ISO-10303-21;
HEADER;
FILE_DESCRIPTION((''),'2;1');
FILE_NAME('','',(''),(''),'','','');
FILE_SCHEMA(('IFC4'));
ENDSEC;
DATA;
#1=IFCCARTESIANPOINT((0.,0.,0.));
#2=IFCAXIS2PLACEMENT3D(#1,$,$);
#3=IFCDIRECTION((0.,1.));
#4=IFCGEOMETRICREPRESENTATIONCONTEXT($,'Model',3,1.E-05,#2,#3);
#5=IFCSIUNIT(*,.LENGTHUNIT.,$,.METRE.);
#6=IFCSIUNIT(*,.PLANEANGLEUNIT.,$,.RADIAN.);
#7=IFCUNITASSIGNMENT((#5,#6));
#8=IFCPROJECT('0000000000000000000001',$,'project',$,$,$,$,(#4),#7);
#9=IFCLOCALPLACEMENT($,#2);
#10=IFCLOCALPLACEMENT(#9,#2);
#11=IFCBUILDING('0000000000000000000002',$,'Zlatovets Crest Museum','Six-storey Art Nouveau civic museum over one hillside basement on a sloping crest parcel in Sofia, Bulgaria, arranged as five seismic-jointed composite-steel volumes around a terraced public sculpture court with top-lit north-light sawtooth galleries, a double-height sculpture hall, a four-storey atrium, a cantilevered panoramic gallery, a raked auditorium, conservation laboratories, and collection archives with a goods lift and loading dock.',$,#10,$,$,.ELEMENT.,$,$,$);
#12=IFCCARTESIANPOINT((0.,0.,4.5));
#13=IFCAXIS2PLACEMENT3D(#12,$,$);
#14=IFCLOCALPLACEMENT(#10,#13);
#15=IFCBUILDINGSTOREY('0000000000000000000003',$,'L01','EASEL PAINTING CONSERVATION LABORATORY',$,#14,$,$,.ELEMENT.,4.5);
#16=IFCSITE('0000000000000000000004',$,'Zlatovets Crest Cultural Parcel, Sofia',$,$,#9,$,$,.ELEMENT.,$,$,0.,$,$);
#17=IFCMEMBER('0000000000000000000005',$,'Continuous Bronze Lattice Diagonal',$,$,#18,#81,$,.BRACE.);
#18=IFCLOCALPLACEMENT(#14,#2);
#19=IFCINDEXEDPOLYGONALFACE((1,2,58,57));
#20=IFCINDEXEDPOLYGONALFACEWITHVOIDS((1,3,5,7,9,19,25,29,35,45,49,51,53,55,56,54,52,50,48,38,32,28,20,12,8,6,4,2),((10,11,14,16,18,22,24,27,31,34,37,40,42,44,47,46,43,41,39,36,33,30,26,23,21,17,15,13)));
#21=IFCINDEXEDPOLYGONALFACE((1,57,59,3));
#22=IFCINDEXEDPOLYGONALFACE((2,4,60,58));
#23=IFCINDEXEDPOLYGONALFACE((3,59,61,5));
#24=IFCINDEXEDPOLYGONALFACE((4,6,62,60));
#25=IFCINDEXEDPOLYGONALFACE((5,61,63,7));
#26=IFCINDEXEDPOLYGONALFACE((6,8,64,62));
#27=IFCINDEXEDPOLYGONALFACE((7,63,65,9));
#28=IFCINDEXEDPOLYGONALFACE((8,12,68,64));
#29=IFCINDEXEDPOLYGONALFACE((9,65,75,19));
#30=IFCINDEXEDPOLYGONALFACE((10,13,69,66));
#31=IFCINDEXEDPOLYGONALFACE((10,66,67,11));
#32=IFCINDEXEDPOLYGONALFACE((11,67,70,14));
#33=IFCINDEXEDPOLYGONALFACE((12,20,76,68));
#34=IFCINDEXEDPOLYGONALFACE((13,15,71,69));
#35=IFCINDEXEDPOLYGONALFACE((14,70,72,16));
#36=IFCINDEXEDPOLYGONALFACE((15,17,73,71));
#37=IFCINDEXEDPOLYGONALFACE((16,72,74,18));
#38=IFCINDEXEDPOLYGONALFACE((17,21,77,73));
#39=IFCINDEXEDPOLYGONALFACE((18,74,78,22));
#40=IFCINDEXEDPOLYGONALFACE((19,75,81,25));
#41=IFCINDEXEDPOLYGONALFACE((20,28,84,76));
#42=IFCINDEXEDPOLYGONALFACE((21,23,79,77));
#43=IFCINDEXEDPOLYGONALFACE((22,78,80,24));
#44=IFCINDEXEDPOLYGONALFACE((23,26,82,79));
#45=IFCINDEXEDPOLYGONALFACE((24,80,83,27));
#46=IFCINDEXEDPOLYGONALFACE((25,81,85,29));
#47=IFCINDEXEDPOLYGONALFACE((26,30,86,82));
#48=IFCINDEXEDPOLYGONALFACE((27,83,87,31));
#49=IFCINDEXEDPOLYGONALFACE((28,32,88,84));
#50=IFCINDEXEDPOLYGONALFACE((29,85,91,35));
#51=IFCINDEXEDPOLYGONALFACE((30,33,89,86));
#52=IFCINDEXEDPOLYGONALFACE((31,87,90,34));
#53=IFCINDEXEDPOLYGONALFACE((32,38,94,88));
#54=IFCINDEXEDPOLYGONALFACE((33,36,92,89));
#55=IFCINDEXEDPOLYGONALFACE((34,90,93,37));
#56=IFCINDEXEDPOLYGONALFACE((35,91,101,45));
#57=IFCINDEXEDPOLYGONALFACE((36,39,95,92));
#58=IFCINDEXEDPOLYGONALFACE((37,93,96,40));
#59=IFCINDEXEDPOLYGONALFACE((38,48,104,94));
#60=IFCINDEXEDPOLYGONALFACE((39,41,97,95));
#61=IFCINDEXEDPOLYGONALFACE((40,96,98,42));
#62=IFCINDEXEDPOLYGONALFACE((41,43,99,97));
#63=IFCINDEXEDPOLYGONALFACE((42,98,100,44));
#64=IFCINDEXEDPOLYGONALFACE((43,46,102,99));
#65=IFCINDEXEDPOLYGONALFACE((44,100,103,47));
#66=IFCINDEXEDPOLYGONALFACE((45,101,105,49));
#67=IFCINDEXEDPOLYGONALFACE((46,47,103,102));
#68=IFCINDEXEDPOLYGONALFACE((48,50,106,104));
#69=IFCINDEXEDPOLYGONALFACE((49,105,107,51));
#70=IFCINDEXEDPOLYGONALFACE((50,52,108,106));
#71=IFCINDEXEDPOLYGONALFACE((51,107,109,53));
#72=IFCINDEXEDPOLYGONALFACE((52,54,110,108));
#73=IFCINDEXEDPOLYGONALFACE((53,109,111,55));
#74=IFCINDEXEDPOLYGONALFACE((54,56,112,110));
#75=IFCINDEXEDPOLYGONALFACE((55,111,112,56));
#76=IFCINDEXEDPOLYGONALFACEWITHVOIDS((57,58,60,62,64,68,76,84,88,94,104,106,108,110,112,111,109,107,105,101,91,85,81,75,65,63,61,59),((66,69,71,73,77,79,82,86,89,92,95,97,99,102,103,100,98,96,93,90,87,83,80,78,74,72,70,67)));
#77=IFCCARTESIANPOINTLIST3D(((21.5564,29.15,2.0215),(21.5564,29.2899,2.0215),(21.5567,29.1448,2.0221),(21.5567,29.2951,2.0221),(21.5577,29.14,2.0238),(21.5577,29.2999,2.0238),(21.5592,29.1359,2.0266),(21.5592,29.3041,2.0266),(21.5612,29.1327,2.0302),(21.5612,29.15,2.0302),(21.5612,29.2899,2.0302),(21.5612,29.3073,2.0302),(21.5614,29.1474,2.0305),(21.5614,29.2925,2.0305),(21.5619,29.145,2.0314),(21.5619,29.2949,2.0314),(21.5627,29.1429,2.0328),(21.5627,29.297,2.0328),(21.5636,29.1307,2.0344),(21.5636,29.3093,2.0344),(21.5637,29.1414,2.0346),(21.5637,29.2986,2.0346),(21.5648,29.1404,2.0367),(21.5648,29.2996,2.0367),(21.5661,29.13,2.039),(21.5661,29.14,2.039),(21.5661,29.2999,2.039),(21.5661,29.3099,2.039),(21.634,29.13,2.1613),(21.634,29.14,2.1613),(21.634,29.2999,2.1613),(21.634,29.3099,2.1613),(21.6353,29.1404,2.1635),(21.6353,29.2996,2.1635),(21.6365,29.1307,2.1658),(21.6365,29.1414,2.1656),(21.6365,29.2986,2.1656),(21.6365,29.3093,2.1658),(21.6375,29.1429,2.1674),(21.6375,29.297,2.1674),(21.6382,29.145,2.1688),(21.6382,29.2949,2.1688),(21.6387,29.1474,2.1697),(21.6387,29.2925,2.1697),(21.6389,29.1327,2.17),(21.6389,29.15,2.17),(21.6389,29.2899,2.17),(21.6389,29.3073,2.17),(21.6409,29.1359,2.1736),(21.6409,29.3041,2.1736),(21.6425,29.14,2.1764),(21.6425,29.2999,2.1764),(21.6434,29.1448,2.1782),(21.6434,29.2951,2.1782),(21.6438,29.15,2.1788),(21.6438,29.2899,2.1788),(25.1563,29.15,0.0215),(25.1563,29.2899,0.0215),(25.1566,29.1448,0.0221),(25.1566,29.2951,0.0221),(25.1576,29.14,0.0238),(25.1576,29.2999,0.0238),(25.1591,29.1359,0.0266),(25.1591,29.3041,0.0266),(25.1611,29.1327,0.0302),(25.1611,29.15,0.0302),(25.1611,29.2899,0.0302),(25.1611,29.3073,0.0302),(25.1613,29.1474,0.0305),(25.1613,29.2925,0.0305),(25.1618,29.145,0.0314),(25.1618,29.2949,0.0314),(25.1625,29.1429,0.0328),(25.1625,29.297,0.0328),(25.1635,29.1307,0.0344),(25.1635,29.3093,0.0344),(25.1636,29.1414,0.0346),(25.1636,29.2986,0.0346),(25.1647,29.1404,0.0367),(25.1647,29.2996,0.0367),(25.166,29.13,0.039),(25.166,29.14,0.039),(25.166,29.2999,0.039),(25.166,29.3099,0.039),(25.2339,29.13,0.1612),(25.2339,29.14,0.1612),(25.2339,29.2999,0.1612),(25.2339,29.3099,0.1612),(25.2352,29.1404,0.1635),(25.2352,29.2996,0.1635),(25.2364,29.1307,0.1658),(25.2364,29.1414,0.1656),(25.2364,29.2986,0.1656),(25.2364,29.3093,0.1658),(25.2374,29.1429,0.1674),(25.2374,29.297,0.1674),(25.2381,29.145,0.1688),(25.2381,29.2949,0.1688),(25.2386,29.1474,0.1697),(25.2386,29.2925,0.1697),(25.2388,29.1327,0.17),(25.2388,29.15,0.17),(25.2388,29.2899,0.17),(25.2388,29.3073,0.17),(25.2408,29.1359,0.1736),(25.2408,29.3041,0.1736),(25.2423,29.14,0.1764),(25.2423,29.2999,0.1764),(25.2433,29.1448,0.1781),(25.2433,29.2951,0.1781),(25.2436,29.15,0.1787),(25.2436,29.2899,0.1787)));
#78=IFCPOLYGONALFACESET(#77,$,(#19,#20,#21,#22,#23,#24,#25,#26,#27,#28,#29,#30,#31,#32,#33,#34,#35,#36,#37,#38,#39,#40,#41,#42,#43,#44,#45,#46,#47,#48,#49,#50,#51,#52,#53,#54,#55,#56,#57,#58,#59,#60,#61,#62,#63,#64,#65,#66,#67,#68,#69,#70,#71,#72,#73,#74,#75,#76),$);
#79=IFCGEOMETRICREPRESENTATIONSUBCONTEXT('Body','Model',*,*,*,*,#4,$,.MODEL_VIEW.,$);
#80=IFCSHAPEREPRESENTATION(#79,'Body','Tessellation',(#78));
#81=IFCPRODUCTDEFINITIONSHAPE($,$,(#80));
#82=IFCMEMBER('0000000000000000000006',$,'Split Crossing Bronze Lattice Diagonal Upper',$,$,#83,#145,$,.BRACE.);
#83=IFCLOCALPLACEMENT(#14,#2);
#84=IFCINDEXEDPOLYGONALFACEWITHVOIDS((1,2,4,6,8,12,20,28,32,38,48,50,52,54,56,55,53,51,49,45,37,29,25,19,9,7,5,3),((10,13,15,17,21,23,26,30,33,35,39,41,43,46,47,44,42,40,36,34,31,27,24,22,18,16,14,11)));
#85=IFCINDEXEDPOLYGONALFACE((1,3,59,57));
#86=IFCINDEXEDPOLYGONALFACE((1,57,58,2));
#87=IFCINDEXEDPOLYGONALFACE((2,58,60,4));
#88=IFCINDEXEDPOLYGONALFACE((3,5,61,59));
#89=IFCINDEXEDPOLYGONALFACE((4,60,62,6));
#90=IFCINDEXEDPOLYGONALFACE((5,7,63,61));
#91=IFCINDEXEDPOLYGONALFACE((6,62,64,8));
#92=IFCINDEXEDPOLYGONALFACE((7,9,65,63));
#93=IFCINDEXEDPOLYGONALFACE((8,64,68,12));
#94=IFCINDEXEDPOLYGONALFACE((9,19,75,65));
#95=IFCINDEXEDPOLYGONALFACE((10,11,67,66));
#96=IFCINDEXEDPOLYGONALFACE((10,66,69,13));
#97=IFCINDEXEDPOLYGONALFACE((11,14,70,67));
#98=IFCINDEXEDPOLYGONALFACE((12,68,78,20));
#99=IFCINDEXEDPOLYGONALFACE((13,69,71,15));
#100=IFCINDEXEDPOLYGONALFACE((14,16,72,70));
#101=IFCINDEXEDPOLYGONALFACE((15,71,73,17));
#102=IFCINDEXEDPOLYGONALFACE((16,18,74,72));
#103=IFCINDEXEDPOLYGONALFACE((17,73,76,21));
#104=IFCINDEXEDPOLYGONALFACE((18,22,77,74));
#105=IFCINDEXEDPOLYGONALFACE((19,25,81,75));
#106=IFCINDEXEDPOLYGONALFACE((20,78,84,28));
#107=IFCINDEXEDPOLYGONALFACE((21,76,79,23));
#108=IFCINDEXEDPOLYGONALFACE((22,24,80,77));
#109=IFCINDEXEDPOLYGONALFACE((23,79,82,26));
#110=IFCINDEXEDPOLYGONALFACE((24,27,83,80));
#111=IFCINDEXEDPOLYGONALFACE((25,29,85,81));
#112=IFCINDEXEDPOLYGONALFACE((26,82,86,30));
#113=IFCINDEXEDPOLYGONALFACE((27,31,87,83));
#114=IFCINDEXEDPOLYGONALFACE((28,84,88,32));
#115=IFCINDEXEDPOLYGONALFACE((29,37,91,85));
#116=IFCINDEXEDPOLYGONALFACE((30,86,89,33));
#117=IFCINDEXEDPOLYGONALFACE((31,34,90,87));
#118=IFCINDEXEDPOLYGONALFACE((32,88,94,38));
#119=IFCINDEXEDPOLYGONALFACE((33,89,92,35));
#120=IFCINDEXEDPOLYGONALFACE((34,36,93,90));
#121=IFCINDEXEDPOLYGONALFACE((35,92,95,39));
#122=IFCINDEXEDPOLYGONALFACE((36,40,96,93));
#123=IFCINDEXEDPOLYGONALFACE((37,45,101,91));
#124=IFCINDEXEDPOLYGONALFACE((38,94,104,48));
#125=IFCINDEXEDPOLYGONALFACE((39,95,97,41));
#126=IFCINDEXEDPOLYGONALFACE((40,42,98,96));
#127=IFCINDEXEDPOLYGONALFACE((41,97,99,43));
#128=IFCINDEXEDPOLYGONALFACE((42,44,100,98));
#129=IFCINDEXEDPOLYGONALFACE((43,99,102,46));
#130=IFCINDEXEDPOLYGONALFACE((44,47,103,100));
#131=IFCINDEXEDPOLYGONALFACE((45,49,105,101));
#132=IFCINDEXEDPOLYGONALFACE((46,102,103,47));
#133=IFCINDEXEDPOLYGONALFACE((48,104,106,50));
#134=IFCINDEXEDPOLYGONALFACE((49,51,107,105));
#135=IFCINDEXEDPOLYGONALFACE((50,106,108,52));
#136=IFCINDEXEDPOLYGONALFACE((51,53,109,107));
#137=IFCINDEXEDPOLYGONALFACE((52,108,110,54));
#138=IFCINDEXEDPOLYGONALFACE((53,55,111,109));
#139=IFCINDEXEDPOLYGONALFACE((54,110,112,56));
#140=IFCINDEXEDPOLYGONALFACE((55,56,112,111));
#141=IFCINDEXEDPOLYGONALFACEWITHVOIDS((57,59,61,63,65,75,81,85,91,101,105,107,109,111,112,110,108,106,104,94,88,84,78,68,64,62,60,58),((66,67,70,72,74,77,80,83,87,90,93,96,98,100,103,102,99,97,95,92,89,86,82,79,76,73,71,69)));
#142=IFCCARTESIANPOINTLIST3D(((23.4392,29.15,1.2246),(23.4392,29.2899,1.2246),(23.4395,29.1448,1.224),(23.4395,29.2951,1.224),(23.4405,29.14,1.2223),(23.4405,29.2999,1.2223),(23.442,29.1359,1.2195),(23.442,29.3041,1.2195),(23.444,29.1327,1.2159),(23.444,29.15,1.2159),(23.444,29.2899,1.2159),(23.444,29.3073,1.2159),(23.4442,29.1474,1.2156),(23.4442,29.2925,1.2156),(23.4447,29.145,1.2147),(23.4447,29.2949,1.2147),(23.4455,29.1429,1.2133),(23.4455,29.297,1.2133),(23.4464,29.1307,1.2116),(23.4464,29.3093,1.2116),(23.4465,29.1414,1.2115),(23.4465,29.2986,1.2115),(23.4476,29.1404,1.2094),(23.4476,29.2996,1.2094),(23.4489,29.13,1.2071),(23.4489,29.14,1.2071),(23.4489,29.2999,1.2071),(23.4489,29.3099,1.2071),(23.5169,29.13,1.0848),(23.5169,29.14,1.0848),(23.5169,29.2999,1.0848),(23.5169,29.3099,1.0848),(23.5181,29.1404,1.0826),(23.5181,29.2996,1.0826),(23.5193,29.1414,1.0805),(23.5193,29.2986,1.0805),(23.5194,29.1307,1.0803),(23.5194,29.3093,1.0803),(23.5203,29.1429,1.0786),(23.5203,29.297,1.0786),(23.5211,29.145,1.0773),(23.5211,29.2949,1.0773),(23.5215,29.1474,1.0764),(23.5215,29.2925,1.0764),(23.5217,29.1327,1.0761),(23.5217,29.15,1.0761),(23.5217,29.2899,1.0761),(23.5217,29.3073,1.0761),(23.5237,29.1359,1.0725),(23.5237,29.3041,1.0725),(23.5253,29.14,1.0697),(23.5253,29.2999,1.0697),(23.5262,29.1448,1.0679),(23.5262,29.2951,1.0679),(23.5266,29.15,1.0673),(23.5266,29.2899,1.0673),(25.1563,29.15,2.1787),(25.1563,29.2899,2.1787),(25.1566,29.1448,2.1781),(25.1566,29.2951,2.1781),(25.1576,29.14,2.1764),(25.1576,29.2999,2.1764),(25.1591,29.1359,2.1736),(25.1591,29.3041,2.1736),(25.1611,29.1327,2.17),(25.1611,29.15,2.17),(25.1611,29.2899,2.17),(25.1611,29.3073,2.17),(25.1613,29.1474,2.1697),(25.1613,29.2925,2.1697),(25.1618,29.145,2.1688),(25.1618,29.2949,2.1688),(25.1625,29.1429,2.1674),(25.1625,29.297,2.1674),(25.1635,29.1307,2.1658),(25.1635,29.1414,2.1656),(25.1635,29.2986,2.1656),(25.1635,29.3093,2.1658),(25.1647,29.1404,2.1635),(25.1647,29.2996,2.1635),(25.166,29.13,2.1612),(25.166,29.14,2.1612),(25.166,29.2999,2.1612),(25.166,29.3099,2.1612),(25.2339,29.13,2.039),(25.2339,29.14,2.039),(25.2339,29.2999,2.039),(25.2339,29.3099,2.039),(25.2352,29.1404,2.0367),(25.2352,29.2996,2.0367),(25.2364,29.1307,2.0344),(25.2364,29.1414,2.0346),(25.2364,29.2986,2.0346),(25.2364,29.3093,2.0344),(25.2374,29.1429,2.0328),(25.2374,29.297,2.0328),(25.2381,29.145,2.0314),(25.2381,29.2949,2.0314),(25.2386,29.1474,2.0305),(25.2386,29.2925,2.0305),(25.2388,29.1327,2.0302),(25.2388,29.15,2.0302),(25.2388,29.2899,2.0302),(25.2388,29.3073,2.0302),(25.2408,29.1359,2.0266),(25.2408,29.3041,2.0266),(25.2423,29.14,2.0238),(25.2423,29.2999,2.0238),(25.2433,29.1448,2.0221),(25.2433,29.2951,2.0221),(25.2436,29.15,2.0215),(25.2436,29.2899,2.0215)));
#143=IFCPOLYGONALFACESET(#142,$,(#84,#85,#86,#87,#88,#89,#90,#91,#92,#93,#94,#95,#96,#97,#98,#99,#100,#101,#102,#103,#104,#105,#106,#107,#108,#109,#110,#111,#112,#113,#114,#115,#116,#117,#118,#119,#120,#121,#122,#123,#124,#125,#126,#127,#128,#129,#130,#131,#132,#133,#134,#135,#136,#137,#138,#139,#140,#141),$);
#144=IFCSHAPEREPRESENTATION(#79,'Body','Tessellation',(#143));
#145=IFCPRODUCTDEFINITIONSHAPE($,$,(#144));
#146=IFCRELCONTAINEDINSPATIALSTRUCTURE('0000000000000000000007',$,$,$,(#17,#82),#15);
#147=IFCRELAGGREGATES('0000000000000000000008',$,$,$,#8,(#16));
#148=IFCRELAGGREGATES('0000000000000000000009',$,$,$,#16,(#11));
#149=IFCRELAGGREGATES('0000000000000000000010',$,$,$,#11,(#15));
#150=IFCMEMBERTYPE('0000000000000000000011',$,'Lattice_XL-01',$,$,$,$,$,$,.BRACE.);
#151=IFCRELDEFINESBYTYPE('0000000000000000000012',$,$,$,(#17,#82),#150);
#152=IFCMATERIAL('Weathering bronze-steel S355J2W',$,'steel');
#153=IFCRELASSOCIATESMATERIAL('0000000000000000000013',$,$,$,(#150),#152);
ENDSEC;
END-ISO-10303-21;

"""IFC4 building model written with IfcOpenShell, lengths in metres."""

from ifc_helpers import new_model, si_unit, direction, frame, origin, origin_2d, place, context, subcontext, project, spatial, hollow_rectangle, extrude, material, material_profile, profile_set, type_object, element, save


model = new_model("IFC4")

# Units and contexts
model_context = context("Model", 3, precision=1e-05, world=origin(), true_north=direction((0.0, 1.0)))
body_context = subcontext(model_context, "Body", "Model", "MODEL_VIEW")
ifc_project = project(units=[si_unit("LENGTHUNIT", "METRE"), si_unit("PLANEANGLEUNIT", "RADIAN")], contexts=[model_context])

# Site, building, storey
site_placement = place(None, origin())
site = spatial("IfcSite", under=ifc_project, at=site_placement, Name="Zlatovets Crest Cultural Parcel, Sofia", CompositionType="ELEMENT", RefElevation=0.0)
building_placement = place(site_placement, origin())
building = spatial("IfcBuilding", under=site, at=building_placement, Name="Zlatovets Crest Museum", Description="Six-storey Art Nouveau civic museum over one hillside basement on a sloping crest parcel in Sofia, Bulgaria, arranged as five seismic-jointed composite-steel volumes around a terraced public sculpture court with top-lit north-light sawtooth galleries, a double-height sculpture hall, a four-storey atrium, a cantilevered panoramic gallery, a raked auditorium, conservation laboratories, and collection archives with a goods lift and loading dock.", CompositionType="ELEMENT")
storey_placement = place(building_placement, frame((0.0, 0.0, 4.5)))
storey = spatial("IfcBuildingStorey", under=building, at=storey_placement, Name="L01", Description="EASEL PAINTING CONSERVATION LABORATORY", CompositionType="ELEMENT", Elevation=4.5)

# Members
ifc_material_1 = material(Name="Weathering bronze-steel S355J2W", Category="steel")
ifc_material_profile_1 = material_profile(ifc_material_1, hollow_rectangle(XDim=0.1799, YDim=0.1799, WallThickness=0.01, InnerFilletRadius=0.01, OuterFilletRadius=0.02, at=origin_2d()), Name="SHS 180x180x10.0")
ifc_profile_set_1 = profile_set([ifc_material_profile_1], Name="Weathering bronze-steel S355J2W")
member_type_1 = type_object("IfcMemberType", Name="Lattice_XL-01", PredefinedType="BRACE", material=ifc_profile_set_1)
member_1_placement = place(storey_placement, frame((25.2, 29.22, 0.1001), z_axis=(-0.874149, 0.0, 0.485658), x_axis=(0.0, -1.0, 0.0)))
element("IfcMember", 1, at=member_1_placement, inside=storey, type_object=member_type_1, Name="Continuous Bronze Lattice Diagonal", PredefinedType="BRACE", context=body_context, shape_type="SweptSolid", body=[
    extrude(hollow_rectangle(XDim=0.1799, YDim=0.1799, WallThickness=0.01, InnerFilletRadius=0.01, OuterFilletRadius=0.02, at=origin_2d()), origin(), (0.0, 0.0, 1.0), 4.1182),
])
member_2_placement = place(storey_placement, frame((25.2, 29.22, 2.1001), z_axis=(-0.874116, 0.0, -0.485717), x_axis=(0.0, -1.0, 0.0)))
element("IfcMember", 2, at=member_2_placement, inside=storey, type_object=member_type_1, Name="Split Crossing Bronze Lattice Diagonal Upper", PredefinedType="BRACE", context=body_context, shape_type="SweptSolid", body=[
    extrude(hollow_rectangle(XDim=0.1799, YDim=0.1799, WallThickness=0.01, InnerFilletRadius=0.01, OuterFilletRadius=0.02, at=origin_2d()), origin(), (0.0, 0.0, 1.0), 1.9644),
])

save(model, "model.ifc")
